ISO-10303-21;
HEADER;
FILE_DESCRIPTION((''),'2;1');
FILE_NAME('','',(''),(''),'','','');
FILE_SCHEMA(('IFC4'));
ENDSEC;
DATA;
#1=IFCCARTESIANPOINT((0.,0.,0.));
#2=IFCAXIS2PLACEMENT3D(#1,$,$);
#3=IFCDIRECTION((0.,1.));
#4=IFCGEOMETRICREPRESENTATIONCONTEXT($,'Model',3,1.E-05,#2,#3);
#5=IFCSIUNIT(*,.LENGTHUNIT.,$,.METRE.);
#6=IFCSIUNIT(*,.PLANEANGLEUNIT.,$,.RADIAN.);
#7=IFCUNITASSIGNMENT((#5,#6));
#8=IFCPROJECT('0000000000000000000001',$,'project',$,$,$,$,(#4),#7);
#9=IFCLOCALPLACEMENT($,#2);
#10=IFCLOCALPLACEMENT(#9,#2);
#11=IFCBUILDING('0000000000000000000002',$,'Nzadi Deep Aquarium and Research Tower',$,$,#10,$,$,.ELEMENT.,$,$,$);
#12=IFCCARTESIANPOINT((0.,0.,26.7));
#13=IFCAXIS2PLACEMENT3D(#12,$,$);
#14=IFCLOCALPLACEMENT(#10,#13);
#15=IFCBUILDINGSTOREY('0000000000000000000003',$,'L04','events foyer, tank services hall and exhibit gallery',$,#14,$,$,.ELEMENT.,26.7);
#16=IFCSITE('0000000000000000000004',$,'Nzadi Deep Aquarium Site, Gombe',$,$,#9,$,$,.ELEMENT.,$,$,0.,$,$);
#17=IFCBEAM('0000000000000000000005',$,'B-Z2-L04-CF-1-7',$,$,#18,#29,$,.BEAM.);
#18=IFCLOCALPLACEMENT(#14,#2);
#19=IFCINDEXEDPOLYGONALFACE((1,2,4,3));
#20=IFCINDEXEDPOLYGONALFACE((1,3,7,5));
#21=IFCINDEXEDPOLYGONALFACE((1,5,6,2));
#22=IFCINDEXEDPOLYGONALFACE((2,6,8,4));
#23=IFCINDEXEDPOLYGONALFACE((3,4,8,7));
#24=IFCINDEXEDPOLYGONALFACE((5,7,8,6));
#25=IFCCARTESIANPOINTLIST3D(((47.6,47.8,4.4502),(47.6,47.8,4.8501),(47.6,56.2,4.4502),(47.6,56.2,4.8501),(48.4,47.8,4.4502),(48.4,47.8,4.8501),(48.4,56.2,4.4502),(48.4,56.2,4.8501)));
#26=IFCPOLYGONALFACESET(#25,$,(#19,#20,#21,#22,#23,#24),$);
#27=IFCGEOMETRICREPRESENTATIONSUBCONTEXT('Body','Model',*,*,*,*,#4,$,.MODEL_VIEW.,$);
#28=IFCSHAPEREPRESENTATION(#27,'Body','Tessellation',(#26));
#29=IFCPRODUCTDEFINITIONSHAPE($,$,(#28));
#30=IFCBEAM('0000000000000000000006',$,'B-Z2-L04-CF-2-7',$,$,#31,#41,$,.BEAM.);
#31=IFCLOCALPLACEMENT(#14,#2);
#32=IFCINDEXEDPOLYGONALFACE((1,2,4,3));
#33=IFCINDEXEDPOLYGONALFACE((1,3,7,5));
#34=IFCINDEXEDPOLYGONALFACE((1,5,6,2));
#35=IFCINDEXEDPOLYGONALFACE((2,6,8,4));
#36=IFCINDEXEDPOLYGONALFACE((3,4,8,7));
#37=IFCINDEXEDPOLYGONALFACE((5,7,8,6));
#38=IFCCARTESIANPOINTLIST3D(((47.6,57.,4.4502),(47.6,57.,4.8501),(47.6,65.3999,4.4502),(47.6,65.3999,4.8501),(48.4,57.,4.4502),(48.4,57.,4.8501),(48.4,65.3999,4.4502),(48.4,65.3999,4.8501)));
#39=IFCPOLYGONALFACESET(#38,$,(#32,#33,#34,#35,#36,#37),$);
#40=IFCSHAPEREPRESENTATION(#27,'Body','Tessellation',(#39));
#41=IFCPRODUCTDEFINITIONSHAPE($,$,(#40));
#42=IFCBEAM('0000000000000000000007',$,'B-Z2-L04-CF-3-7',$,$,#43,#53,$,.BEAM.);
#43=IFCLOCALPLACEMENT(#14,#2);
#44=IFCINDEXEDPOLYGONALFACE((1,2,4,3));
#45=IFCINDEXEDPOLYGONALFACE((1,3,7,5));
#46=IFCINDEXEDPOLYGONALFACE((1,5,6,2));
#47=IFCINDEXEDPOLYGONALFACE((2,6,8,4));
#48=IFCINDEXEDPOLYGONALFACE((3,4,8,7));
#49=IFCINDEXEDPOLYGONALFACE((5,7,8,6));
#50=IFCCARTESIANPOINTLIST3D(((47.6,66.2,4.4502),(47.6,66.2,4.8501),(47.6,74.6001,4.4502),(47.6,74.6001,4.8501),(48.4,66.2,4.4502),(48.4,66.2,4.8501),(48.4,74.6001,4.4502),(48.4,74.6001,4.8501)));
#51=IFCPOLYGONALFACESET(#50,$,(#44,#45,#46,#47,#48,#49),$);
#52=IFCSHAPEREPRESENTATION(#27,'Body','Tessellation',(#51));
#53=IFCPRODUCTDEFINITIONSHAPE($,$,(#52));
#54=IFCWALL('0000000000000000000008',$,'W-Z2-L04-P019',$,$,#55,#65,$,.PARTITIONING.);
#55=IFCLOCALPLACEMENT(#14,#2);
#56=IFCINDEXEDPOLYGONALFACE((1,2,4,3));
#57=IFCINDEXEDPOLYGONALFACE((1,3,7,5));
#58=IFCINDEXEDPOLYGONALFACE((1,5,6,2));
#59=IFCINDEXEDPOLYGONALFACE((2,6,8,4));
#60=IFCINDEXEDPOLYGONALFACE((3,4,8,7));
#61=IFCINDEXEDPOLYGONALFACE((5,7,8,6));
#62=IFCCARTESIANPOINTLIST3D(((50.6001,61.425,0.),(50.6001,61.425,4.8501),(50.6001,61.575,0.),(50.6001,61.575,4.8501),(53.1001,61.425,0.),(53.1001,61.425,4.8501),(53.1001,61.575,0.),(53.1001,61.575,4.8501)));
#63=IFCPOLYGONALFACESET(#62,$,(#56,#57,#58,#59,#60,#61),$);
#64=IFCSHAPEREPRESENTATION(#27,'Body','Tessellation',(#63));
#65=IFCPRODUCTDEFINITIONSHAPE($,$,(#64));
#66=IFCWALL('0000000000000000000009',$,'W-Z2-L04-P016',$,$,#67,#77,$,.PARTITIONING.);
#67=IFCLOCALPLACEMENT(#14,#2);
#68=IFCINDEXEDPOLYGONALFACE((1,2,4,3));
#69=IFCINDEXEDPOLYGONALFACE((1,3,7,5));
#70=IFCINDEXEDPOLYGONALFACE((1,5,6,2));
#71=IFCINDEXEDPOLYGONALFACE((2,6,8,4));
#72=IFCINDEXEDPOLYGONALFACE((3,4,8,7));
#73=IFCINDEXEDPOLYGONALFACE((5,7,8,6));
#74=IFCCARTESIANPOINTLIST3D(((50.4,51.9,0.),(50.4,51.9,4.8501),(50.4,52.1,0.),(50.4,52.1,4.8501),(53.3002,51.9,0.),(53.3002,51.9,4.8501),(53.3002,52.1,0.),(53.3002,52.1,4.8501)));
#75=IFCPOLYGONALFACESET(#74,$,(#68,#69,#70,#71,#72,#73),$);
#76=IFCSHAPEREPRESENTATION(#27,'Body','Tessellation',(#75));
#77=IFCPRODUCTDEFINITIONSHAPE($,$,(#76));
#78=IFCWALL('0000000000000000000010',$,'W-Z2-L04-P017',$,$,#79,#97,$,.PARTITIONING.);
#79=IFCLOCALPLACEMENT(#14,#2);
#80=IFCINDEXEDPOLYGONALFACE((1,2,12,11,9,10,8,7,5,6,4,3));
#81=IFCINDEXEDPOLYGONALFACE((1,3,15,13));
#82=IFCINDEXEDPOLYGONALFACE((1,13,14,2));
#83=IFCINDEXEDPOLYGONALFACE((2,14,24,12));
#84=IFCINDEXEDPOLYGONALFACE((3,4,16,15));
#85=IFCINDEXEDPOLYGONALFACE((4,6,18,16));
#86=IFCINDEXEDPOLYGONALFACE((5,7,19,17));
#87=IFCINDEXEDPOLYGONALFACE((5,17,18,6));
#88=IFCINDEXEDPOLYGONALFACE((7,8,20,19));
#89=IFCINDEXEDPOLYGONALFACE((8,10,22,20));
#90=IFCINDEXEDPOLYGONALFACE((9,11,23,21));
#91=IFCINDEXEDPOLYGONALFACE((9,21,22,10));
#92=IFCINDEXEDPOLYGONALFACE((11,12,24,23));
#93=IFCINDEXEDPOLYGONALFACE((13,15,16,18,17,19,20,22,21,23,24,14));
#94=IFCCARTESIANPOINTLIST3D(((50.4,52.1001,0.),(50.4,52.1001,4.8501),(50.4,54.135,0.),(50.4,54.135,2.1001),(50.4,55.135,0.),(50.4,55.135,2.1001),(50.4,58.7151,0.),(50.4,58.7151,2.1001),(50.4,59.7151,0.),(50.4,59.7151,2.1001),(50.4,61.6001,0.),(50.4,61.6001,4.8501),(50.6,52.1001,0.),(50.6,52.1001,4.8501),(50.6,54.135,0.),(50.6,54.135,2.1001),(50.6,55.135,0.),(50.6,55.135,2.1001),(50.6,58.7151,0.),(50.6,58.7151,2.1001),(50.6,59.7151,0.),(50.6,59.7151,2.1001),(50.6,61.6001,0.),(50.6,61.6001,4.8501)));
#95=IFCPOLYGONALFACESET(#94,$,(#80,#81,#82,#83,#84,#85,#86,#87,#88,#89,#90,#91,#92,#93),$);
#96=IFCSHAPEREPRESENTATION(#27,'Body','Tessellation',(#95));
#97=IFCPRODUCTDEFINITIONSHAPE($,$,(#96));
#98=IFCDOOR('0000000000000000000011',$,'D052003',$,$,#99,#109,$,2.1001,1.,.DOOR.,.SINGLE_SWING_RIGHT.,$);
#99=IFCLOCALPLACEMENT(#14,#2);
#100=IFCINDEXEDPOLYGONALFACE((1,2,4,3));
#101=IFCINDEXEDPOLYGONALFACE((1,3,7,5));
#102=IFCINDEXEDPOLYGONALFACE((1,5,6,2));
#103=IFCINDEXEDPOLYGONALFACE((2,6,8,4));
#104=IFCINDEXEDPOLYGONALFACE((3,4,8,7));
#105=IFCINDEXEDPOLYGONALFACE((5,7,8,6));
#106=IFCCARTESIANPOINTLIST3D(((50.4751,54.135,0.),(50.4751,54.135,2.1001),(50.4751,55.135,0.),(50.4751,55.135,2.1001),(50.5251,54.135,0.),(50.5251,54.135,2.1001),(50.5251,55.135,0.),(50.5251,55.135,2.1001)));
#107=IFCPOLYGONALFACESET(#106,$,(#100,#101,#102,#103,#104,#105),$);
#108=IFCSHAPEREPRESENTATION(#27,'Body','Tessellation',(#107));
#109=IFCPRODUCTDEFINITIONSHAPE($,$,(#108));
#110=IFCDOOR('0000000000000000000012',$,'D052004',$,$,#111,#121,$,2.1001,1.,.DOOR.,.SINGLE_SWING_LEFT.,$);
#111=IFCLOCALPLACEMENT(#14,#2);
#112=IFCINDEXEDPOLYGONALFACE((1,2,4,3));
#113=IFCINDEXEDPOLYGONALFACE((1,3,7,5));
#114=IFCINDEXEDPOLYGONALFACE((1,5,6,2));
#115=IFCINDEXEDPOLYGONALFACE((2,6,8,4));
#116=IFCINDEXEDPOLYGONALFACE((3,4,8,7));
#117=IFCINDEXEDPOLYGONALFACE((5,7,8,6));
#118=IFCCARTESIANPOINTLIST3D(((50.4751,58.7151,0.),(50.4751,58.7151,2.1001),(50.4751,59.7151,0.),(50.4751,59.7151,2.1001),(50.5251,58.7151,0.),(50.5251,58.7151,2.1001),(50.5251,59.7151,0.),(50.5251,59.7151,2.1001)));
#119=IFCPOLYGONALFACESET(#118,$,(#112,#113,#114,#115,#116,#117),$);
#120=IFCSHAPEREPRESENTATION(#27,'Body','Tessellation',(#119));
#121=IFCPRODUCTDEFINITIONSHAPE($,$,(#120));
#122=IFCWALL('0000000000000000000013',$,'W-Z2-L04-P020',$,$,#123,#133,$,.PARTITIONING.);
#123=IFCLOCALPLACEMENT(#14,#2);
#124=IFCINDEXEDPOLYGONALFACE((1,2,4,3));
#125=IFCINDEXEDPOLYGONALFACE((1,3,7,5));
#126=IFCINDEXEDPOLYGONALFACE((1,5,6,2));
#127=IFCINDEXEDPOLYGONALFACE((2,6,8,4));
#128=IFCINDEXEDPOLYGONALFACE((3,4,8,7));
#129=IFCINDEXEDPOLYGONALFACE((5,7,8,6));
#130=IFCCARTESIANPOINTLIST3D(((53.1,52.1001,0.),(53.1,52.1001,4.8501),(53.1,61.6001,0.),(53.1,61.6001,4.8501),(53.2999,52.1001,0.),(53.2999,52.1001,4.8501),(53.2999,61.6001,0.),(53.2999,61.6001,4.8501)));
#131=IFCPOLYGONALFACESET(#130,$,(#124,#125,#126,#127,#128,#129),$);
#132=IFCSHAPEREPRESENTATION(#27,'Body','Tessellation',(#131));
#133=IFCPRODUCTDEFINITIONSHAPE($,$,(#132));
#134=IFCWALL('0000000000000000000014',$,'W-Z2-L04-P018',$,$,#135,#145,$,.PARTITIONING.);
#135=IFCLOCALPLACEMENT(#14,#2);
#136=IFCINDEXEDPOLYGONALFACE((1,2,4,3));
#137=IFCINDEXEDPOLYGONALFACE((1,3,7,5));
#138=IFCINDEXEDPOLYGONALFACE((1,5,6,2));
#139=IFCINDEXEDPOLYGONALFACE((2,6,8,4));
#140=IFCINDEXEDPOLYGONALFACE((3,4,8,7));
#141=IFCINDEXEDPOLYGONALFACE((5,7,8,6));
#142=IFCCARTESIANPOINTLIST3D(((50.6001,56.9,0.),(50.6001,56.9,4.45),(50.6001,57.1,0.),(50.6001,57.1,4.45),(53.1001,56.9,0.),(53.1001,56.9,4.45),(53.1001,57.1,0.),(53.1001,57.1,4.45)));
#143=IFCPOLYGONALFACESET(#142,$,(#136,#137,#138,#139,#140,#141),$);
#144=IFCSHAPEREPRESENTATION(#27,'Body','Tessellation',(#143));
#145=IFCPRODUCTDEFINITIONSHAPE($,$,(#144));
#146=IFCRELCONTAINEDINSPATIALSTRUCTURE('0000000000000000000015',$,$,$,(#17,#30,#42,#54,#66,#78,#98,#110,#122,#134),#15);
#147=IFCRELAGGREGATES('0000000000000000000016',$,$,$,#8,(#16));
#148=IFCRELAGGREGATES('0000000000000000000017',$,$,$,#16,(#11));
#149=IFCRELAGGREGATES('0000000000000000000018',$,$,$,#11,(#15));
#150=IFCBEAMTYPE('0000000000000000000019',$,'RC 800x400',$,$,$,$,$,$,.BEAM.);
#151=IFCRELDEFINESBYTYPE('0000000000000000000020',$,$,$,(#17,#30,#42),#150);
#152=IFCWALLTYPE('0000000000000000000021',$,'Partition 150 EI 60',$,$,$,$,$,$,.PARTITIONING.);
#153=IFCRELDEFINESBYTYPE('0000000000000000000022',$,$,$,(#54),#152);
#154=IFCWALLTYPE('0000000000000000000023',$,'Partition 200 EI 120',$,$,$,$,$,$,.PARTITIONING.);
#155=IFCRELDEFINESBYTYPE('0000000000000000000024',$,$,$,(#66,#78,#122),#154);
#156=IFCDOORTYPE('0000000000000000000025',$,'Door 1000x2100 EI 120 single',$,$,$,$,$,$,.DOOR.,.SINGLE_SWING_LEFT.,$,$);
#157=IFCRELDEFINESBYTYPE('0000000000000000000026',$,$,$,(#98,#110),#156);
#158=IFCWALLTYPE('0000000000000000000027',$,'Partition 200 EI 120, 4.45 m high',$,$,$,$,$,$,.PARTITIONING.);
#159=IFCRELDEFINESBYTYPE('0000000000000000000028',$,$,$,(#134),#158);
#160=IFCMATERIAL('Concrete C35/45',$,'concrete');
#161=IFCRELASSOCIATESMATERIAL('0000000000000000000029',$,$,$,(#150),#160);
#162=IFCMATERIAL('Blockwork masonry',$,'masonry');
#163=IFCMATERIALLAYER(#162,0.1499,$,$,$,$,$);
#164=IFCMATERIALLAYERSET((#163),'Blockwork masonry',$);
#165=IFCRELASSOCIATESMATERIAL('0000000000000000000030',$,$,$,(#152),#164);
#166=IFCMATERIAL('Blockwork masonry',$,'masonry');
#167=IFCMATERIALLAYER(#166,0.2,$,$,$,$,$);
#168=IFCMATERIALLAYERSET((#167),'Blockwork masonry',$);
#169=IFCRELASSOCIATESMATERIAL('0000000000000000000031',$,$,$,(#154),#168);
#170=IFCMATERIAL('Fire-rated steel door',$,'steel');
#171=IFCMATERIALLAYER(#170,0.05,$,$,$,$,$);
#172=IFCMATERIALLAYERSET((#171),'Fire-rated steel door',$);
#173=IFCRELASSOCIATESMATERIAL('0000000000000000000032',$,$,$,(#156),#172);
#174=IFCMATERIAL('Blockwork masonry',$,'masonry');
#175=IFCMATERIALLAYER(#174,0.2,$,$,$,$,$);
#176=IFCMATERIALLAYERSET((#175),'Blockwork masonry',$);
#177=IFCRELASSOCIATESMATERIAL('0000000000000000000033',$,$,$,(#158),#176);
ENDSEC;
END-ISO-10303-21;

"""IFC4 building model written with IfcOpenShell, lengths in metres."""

from ifc_helpers import new_model, si_unit, direction, frame, frame_2d, origin, origin_2d, place, context, subcontext, project, spatial, rectangle, extrude, material, layer, layer_set, material_profile, profile_set, type_object, element, fill, save


model = new_model("IFC4")

# Units and contexts
model_context = context("Model", 3, precision=1e-05, world=origin(), true_north=direction((0.0, 1.0)))
body_context = subcontext(model_context, "Body", "Model", "MODEL_VIEW")
ifc_project = project(units=[si_unit("LENGTHUNIT", "METRE"), si_unit("PLANEANGLEUNIT", "RADIAN")], contexts=[model_context])

# Site, building, storey
site_placement = place(None, origin())
site = spatial("IfcSite", under=ifc_project, at=site_placement, Name="Nzadi Deep Aquarium Site, Gombe", CompositionType="ELEMENT", RefElevation=0.0)
building_placement = place(site_placement, origin())
building = spatial("IfcBuilding", under=site, at=building_placement, Name="Nzadi Deep Aquarium and Research Tower", CompositionType="ELEMENT")
storey_placement = place(building_placement, frame((0.0, 0.0, 26.7)))
storey = spatial("IfcBuildingStorey", under=building, at=storey_placement, Name="L04", Description="events foyer, tank services hall and exhibit gallery", CompositionType="ELEMENT", Elevation=26.7)

# Beams
ifc_material_1 = material(Name="Concrete C35/45", Category="concrete")
ifc_material_profile_1 = material_profile(ifc_material_1, rectangle(XDim=0.8, YDim=0.3999, at=origin_2d()))
ifc_profile_set_1 = profile_set([ifc_material_profile_1], Name="Concrete C35/45")
beam_type_1 = type_object("IfcBeamType", Name="RC 800x400", PredefinedType="BEAM", material=ifc_profile_set_1)
for number, where, z_axis, x_axis, name in (
    (1, (48.0, 47.8, 4.6501), (0.0, 1.0, 0.0), (-1.0, 0.0, 0.0), "B-Z2-L04-CF-1-7"),
    (2, (48.0, 57.0, 4.6501), (0.0, 1.0, 0.0), (-1.0, 0.0, 0.0), "B-Z2-L04-CF-2-7"),
):
    element("IfcBeam", number, at=place(storey_placement, frame(where, z_axis=z_axis, x_axis=x_axis)), inside=storey, type_object=beam_type_1, Name=name, PredefinedType="BEAM", context=body_context, shape_type="SweptSolid", body=[
        extrude(rectangle(XDim=0.8, YDim=0.3999, at=origin_2d()), origin(), (0.0, 0.0, 1.0), 8.3999),
    ])
beam_1_placement = place(storey_placement, frame((48.0, 66.2, 4.6501), z_axis=(0.0, 1.0, 0.0), x_axis=(-1.0, 0.0, 0.0)))
element("IfcBeam", 3, at=beam_1_placement, inside=storey, type_object=beam_type_1, Name="B-Z2-L04-CF-3-7", PredefinedType="BEAM", context=body_context, shape_type="SweptSolid", body=[
    extrude(rectangle(XDim=0.8, YDim=0.3999, at=origin_2d()), origin(), (0.0, 0.0, 1.0), 8.4001),
])

# Walls
ifc_material_2 = material(Name="Blockwork masonry", Category="masonry")
ifc_layer_1 = layer(ifc_material_2, 0.1499)
ifc_layer_set_1 = layer_set([ifc_layer_1], Name="Blockwork masonry")
wall_type_1 = type_object("IfcWallType", Name="Partition 150 EI 60", PredefinedType="PARTITIONING", material=ifc_layer_set_1)
wall_1_placement = place(storey_placement, frame((50.6001, 61.5, 0.0), z_axis=(0.0, 0.0, 1.0), x_axis=(1.0, 0.0, 0.0)))
element("IfcWall", 4, at=wall_1_placement, inside=storey, type_object=wall_type_1, Name="W-Z2-L04-P019", PredefinedType="PARTITIONING", context=body_context, shape_type="SweptSolid", body=[
    extrude(rectangle(XDim=2.5, YDim=0.1499, at=frame_2d((1.25, 0.0))), origin(), (0.0, 0.0, 1.0), 4.8501),
])
ifc_material_3 = material(Name="Blockwork masonry", Category="masonry")
ifc_layer_2 = layer(ifc_material_3, 0.2)
ifc_layer_set_2 = layer_set([ifc_layer_2], Name="Blockwork masonry")
wall_type_2 = type_object("IfcWallType", Name="Partition 200 EI 120", PredefinedType="PARTITIONING", material=ifc_layer_set_2)
wall_2_placement = place(storey_placement, frame((50.3999, 52.0, 0.0), z_axis=(0.0, 0.0, 1.0), x_axis=(1.0, 0.0, 0.0)))
element("IfcWall", 5, at=wall_2_placement, inside=storey, type_object=wall_type_2, Name="W-Z2-L04-P016", PredefinedType="PARTITIONING", context=body_context, shape_type="SweptSolid", body=[
    extrude(rectangle(XDim=2.9001, YDim=0.2, at=frame_2d((1.4502, 0.0))), origin(), (0.0, 0.0, 1.0), 4.8501),
])

# Wall, openings, doors
wall_3_placement = place(storey_placement, frame((50.5, 52.1001, 0.0), z_axis=(0.0, 0.0, 1.0), x_axis=(0.0, 1.0, 0.0)))
wall_3 = element("IfcWall", 6, at=wall_3_placement, inside=storey, type_object=wall_type_2, Name="W-Z2-L04-P017", PredefinedType="PARTITIONING", context=body_context, shape_type="SweptSolid", body=[
    extrude(rectangle(XDim=9.5, YDim=0.2, at=frame_2d((4.75, 0.0))), origin(), (0.0, 0.0, 1.0), 4.8501),
])
opening_1_placement = place(wall_3_placement, frame((2.0349, 0.0, 0.0)))
opening_1 = element("IfcOpeningElement", 7, at=opening_1_placement, cuts=wall_3, PredefinedType="OPENING", context=body_context, shape_type="SweptSolid", body=[
    extrude(rectangle(XDim=1.0, YDim=2.1001, at=frame_2d((0.5, 1.05))), frame((0.0, 0.1101, 0.0), z_axis=(0.0, -1.0, 0.0), x_axis=(1.0, 0.0, 0.0)), (0.0, 0.0, 1.0), 0.2202),
])
opening_2_placement = place(wall_3_placement, frame((6.615, 0.0, 0.0)))
opening_2 = element("IfcOpeningElement", 8, at=opening_2_placement, cuts=wall_3, PredefinedType="OPENING", context=body_context, shape_type="SweptSolid", body=[
    extrude(rectangle(XDim=1.0, YDim=2.1001, at=frame_2d((0.5, 1.05))), frame((0.0, 0.1101, 0.0), z_axis=(0.0, -1.0, 0.0), x_axis=(1.0, 0.0, 0.0)), (0.0, 0.0, 1.0), 0.2202),
])
ifc_material_4 = material(Name="Fire-rated steel door", Category="steel")
ifc_layer_3 = layer(ifc_material_4, 0.05)
ifc_layer_set_3 = layer_set([ifc_layer_3], Name="Fire-rated steel door")
door_type_1 = type_object("IfcDoorType", Name="Door 1000x2100 EI 120 single", OperationType="SINGLE_SWING_LEFT", PredefinedType="DOOR", material=ifc_layer_set_3)
door_1_placement = place(opening_1_placement, origin())
door_1 = element("IfcDoor", 9, at=door_1_placement, inside=storey, type_object=door_type_1, Name="D052003", OperationType="SINGLE_SWING_RIGHT", OverallHeight=2.1001, OverallWidth=1.0, PredefinedType="DOOR", context=body_context, shape_type="SweptSolid", body=[
    extrude(rectangle(XDim=1.0, YDim=2.1001, at=frame_2d((0.5, 1.05))), frame((0.0, 0.0249, 0.0), z_axis=(0.0, -1.0, 0.0), x_axis=(1.0, 0.0, 0.0)), (0.0, 0.0, 1.0), 0.05),
])
fill(opening_1, door_1)
door_2_placement = place(opening_2_placement, origin())
door_2 = element("IfcDoor", 10, at=door_2_placement, inside=storey, type_object=door_type_1, Name="D052004", OperationType="SINGLE_SWING_LEFT", OverallHeight=2.1001, OverallWidth=1.0, PredefinedType="DOOR", context=body_context, shape_type="SweptSolid", body=[
    extrude(rectangle(XDim=1.0, YDim=2.1001, at=frame_2d((0.5, 1.05))), frame((0.0, 0.0249, 0.0), z_axis=(0.0, -1.0, 0.0), x_axis=(1.0, 0.0, 0.0)), (0.0, 0.0, 1.0), 0.05),
])
fill(opening_2, door_2)

# Walls
wall_4_placement = place(storey_placement, frame((53.2, 52.1001, 0.0), z_axis=(0.0, 0.0, 1.0), x_axis=(0.0, 1.0, 0.0)))
element("IfcWall", 11, at=wall_4_placement, inside=storey, type_object=wall_type_2, Name="W-Z2-L04-P020", PredefinedType="PARTITIONING", context=body_context, shape_type="SweptSolid", body=[
    extrude(rectangle(XDim=9.5, YDim=0.2, at=frame_2d((4.75, 0.0))), origin(), (0.0, 0.0, 1.0), 4.8501),
])
ifc_material_5 = material(Name="Blockwork masonry", Category="masonry")
ifc_layer_4 = layer(ifc_material_5, 0.2)
ifc_layer_set_4 = layer_set([ifc_layer_4], Name="Blockwork masonry")
wall_type_3 = type_object("IfcWallType", Name="Partition 200 EI 120, 4.45 m high", PredefinedType="PARTITIONING", material=ifc_layer_set_4)
wall_5_placement = place(storey_placement, frame((50.6001, 57.0, 0.0), z_axis=(0.0, 0.0, 1.0), x_axis=(1.0, 0.0, 0.0)))
element("IfcWall", 12, at=wall_5_placement, inside=storey, type_object=wall_type_3, Name="W-Z2-L04-P018", PredefinedType="PARTITIONING", context=body_context, shape_type="SweptSolid", body=[
    extrude(rectangle(XDim=2.5, YDim=0.2, at=frame_2d((1.25, 0.0))), origin(), (0.0, 0.0, 1.0), 4.45),
])

save(model, "model.ifc")
